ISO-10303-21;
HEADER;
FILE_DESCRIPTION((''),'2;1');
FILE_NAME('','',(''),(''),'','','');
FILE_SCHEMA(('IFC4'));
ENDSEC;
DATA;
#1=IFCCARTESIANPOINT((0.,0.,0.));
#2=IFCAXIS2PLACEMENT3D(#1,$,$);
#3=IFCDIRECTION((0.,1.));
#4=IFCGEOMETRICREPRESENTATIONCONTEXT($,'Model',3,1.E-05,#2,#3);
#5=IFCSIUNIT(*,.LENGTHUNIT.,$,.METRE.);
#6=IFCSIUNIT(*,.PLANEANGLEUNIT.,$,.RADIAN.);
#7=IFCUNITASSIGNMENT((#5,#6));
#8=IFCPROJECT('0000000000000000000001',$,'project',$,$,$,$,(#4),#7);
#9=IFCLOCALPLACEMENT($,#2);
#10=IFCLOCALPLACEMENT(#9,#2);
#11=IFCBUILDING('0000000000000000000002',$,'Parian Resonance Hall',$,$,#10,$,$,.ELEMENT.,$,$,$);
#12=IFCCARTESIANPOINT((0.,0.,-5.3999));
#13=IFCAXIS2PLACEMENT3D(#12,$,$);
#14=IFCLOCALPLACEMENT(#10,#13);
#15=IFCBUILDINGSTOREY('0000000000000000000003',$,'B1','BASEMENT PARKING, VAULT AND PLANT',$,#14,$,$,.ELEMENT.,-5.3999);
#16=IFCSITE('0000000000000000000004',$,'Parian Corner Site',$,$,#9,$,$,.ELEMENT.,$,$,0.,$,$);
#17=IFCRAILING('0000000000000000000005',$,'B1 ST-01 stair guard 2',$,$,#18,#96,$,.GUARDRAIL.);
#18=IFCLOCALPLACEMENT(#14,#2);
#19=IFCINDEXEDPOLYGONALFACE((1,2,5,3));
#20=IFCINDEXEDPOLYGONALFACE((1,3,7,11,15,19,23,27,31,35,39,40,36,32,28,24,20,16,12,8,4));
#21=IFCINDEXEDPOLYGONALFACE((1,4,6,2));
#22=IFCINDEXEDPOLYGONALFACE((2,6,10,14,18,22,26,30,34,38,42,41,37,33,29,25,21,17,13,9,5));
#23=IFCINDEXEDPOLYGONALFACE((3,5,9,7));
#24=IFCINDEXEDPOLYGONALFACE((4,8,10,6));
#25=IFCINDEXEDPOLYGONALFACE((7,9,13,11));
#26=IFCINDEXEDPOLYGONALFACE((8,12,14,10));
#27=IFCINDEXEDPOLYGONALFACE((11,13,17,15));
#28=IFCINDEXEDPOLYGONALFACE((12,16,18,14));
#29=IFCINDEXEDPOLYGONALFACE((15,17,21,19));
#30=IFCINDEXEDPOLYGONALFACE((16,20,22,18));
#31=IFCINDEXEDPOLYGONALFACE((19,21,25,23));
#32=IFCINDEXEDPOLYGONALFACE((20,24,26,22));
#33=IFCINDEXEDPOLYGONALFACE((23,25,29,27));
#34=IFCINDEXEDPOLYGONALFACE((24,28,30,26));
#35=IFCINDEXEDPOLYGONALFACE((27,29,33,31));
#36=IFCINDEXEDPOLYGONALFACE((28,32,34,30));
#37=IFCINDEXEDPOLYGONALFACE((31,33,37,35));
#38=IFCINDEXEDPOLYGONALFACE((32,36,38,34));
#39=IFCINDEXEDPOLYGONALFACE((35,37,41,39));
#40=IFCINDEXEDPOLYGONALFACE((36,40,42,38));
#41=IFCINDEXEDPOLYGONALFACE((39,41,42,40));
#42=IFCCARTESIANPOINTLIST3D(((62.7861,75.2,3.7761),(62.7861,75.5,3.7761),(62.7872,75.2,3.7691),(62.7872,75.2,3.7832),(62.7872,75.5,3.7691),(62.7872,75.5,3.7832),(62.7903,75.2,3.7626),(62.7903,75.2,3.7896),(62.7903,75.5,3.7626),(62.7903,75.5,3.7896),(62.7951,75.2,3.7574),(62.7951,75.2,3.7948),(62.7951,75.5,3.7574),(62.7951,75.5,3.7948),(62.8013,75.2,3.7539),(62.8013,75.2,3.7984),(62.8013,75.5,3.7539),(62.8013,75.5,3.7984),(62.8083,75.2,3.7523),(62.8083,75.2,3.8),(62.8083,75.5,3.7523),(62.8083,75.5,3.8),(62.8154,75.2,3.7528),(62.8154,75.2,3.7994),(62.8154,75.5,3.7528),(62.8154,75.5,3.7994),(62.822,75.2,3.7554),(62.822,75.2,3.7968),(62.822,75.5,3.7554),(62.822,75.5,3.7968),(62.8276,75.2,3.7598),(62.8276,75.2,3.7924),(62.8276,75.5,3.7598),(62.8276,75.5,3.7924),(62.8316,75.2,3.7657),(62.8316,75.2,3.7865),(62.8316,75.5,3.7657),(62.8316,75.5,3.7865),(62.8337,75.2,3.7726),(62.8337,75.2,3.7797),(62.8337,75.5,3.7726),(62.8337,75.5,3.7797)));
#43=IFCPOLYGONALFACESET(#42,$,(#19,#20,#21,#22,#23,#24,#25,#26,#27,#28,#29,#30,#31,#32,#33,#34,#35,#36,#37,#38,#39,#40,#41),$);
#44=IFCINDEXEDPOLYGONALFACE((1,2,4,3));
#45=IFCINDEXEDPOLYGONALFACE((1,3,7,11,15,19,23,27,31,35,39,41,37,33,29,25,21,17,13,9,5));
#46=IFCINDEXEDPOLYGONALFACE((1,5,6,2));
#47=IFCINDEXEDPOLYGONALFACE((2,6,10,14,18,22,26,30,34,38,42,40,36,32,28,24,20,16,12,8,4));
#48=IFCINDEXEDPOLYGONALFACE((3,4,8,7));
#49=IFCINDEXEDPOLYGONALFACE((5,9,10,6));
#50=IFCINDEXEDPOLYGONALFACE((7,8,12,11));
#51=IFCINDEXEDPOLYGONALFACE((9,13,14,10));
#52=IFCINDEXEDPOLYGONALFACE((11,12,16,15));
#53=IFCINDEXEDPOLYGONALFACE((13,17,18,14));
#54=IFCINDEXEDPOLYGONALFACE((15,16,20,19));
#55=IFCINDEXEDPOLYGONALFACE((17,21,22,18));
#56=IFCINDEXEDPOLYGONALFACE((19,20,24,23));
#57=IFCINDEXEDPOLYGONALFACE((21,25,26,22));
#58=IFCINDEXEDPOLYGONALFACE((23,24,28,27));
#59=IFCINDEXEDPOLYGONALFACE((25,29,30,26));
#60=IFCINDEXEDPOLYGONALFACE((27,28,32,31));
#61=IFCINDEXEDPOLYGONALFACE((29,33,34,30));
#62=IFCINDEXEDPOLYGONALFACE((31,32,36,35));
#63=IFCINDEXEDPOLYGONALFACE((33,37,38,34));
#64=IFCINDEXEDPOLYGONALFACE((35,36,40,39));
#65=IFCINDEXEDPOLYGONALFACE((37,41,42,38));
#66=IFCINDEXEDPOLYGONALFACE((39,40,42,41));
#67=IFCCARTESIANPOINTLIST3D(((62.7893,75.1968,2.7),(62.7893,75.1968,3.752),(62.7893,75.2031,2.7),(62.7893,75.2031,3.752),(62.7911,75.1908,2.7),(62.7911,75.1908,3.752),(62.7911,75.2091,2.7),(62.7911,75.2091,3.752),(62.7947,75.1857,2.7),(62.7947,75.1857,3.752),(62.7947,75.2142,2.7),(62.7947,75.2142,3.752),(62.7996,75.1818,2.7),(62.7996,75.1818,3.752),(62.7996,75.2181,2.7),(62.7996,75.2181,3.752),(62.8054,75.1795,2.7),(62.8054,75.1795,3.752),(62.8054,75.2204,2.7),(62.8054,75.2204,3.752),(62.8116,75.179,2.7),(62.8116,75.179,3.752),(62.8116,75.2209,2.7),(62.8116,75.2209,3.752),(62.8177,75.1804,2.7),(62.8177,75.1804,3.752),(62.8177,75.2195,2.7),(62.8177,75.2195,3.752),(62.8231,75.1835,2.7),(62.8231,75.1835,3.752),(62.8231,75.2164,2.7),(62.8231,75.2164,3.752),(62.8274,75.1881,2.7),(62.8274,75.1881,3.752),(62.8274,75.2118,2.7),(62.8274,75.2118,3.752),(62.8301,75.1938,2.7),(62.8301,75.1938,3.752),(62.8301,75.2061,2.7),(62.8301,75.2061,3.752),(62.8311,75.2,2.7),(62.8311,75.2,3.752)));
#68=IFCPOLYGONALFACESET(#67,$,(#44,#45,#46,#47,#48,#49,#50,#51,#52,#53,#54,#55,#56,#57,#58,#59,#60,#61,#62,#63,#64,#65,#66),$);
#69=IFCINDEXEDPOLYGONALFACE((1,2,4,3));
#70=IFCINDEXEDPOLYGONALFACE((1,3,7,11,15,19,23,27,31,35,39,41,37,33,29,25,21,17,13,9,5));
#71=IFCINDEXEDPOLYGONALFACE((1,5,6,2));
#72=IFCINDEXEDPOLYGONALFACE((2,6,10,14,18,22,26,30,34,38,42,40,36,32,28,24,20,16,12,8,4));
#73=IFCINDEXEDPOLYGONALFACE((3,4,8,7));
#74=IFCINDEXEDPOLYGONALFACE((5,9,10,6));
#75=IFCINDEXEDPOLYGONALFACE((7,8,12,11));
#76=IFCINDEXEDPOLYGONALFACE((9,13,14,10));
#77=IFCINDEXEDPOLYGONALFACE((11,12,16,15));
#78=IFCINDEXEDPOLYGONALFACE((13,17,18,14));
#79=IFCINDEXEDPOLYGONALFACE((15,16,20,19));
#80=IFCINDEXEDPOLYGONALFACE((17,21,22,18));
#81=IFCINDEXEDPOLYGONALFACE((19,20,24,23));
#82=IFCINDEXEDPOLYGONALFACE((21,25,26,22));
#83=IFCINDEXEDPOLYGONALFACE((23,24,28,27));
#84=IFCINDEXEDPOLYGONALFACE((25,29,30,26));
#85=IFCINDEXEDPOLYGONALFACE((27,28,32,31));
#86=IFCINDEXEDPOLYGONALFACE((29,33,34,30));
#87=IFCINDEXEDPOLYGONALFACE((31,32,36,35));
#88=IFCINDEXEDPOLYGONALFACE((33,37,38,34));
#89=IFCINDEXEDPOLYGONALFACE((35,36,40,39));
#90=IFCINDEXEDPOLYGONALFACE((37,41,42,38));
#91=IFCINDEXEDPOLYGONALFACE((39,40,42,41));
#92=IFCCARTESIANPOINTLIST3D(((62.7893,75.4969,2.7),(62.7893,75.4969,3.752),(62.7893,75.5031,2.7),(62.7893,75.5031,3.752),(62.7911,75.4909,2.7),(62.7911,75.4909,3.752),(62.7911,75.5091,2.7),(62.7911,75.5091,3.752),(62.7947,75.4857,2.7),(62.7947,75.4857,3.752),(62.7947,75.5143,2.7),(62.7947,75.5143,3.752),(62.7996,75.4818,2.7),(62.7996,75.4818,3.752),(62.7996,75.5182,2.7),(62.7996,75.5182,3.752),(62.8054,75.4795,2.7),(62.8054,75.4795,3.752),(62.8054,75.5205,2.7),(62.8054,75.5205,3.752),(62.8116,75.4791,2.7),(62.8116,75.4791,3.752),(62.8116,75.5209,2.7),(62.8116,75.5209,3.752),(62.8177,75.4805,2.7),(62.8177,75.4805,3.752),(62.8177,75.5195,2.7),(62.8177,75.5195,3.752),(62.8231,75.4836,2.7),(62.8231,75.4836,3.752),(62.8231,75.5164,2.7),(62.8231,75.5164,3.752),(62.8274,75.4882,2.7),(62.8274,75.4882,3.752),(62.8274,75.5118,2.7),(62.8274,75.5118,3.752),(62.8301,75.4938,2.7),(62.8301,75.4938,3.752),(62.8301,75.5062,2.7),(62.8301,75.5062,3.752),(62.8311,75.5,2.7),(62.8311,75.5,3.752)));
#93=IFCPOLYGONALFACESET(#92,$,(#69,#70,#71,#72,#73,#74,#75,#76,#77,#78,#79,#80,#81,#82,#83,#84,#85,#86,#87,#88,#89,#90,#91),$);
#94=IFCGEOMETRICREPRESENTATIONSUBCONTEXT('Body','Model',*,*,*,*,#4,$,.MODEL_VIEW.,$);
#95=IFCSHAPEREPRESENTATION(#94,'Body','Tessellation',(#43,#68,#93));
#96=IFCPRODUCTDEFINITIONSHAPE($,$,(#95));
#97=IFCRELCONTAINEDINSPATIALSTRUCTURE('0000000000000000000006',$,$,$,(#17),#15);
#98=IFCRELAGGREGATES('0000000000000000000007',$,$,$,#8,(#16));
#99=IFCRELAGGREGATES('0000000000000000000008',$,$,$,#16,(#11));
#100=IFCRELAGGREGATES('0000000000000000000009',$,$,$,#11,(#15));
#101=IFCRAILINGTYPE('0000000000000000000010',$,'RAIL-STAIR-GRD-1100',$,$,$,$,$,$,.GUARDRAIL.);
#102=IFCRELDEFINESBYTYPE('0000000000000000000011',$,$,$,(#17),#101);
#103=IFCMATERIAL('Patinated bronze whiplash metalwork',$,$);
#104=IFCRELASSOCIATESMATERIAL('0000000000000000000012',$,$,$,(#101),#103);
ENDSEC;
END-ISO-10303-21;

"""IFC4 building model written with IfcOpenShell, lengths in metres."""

from ifc_helpers import new_model, si_unit, direction, frame, origin, origin_2d, place, context, subcontext, project, spatial, circle, extrude, material, type_object, element, save


model = new_model("IFC4")

# Units and contexts
model_context = context("Model", 3, precision=1e-05, world=origin(), true_north=direction((0.0, 1.0)))
body_context = subcontext(model_context, "Body", "Model", "MODEL_VIEW")
ifc_project = project(units=[si_unit("LENGTHUNIT", "METRE"), si_unit("PLANEANGLEUNIT", "RADIAN")], contexts=[model_context])

# Site, building, storey
site_placement = place(None, origin())
site = spatial("IfcSite", under=ifc_project, at=site_placement, Name="Parian Corner Site", CompositionType="ELEMENT", RefElevation=0.0)
building_placement = place(site_placement, origin())
building = spatial("IfcBuilding", under=site, at=building_placement, Name="Parian Resonance Hall", CompositionType="ELEMENT")
storey_placement = place(building_placement, frame((0.0, 0.0, -5.3999)))
storey = spatial("IfcBuildingStorey", under=building, at=storey_placement, Name="B1", Description="BASEMENT PARKING, VAULT AND PLANT", CompositionType="ELEMENT", Elevation=-5.3999)

# Railing
ifc_material_1 = material(Name="Patinated bronze whiplash metalwork")
railing_type_1 = type_object("IfcRailingType", Name="RAIL-STAIR-GRD-1100", PredefinedType="GUARDRAIL", material=ifc_material_1)
railing_1_placement = place(storey_placement, frame((62.8101, 75.2, 2.7)))
element("IfcRailing", 1, at=railing_1_placement, inside=storey, type_object=railing_type_1, Name="B1 ST-01 stair guard 2", PredefinedType="GUARDRAIL", context=body_context, shape_type="SweptSolid", body=[
    extrude(circle(Radius=0.0239, at=origin_2d()), frame((0.0, 0.0, 1.0762), z_axis=(0.0, 1.0, 0.0), x_axis=(-1.0, 0.0, 0.0)), (0.0, 0.0, 1.0), 0.3),
    extrude(circle(Radius=0.021, at=origin_2d()), origin(), (0.0, 0.0, 1.0), 1.052),
    extrude(circle(Radius=0.021, at=origin_2d()), frame((0.0, 0.3, 0.0)), (0.0, 0.0, 1.0), 1.052),
])

save(model, "model.ifc")
